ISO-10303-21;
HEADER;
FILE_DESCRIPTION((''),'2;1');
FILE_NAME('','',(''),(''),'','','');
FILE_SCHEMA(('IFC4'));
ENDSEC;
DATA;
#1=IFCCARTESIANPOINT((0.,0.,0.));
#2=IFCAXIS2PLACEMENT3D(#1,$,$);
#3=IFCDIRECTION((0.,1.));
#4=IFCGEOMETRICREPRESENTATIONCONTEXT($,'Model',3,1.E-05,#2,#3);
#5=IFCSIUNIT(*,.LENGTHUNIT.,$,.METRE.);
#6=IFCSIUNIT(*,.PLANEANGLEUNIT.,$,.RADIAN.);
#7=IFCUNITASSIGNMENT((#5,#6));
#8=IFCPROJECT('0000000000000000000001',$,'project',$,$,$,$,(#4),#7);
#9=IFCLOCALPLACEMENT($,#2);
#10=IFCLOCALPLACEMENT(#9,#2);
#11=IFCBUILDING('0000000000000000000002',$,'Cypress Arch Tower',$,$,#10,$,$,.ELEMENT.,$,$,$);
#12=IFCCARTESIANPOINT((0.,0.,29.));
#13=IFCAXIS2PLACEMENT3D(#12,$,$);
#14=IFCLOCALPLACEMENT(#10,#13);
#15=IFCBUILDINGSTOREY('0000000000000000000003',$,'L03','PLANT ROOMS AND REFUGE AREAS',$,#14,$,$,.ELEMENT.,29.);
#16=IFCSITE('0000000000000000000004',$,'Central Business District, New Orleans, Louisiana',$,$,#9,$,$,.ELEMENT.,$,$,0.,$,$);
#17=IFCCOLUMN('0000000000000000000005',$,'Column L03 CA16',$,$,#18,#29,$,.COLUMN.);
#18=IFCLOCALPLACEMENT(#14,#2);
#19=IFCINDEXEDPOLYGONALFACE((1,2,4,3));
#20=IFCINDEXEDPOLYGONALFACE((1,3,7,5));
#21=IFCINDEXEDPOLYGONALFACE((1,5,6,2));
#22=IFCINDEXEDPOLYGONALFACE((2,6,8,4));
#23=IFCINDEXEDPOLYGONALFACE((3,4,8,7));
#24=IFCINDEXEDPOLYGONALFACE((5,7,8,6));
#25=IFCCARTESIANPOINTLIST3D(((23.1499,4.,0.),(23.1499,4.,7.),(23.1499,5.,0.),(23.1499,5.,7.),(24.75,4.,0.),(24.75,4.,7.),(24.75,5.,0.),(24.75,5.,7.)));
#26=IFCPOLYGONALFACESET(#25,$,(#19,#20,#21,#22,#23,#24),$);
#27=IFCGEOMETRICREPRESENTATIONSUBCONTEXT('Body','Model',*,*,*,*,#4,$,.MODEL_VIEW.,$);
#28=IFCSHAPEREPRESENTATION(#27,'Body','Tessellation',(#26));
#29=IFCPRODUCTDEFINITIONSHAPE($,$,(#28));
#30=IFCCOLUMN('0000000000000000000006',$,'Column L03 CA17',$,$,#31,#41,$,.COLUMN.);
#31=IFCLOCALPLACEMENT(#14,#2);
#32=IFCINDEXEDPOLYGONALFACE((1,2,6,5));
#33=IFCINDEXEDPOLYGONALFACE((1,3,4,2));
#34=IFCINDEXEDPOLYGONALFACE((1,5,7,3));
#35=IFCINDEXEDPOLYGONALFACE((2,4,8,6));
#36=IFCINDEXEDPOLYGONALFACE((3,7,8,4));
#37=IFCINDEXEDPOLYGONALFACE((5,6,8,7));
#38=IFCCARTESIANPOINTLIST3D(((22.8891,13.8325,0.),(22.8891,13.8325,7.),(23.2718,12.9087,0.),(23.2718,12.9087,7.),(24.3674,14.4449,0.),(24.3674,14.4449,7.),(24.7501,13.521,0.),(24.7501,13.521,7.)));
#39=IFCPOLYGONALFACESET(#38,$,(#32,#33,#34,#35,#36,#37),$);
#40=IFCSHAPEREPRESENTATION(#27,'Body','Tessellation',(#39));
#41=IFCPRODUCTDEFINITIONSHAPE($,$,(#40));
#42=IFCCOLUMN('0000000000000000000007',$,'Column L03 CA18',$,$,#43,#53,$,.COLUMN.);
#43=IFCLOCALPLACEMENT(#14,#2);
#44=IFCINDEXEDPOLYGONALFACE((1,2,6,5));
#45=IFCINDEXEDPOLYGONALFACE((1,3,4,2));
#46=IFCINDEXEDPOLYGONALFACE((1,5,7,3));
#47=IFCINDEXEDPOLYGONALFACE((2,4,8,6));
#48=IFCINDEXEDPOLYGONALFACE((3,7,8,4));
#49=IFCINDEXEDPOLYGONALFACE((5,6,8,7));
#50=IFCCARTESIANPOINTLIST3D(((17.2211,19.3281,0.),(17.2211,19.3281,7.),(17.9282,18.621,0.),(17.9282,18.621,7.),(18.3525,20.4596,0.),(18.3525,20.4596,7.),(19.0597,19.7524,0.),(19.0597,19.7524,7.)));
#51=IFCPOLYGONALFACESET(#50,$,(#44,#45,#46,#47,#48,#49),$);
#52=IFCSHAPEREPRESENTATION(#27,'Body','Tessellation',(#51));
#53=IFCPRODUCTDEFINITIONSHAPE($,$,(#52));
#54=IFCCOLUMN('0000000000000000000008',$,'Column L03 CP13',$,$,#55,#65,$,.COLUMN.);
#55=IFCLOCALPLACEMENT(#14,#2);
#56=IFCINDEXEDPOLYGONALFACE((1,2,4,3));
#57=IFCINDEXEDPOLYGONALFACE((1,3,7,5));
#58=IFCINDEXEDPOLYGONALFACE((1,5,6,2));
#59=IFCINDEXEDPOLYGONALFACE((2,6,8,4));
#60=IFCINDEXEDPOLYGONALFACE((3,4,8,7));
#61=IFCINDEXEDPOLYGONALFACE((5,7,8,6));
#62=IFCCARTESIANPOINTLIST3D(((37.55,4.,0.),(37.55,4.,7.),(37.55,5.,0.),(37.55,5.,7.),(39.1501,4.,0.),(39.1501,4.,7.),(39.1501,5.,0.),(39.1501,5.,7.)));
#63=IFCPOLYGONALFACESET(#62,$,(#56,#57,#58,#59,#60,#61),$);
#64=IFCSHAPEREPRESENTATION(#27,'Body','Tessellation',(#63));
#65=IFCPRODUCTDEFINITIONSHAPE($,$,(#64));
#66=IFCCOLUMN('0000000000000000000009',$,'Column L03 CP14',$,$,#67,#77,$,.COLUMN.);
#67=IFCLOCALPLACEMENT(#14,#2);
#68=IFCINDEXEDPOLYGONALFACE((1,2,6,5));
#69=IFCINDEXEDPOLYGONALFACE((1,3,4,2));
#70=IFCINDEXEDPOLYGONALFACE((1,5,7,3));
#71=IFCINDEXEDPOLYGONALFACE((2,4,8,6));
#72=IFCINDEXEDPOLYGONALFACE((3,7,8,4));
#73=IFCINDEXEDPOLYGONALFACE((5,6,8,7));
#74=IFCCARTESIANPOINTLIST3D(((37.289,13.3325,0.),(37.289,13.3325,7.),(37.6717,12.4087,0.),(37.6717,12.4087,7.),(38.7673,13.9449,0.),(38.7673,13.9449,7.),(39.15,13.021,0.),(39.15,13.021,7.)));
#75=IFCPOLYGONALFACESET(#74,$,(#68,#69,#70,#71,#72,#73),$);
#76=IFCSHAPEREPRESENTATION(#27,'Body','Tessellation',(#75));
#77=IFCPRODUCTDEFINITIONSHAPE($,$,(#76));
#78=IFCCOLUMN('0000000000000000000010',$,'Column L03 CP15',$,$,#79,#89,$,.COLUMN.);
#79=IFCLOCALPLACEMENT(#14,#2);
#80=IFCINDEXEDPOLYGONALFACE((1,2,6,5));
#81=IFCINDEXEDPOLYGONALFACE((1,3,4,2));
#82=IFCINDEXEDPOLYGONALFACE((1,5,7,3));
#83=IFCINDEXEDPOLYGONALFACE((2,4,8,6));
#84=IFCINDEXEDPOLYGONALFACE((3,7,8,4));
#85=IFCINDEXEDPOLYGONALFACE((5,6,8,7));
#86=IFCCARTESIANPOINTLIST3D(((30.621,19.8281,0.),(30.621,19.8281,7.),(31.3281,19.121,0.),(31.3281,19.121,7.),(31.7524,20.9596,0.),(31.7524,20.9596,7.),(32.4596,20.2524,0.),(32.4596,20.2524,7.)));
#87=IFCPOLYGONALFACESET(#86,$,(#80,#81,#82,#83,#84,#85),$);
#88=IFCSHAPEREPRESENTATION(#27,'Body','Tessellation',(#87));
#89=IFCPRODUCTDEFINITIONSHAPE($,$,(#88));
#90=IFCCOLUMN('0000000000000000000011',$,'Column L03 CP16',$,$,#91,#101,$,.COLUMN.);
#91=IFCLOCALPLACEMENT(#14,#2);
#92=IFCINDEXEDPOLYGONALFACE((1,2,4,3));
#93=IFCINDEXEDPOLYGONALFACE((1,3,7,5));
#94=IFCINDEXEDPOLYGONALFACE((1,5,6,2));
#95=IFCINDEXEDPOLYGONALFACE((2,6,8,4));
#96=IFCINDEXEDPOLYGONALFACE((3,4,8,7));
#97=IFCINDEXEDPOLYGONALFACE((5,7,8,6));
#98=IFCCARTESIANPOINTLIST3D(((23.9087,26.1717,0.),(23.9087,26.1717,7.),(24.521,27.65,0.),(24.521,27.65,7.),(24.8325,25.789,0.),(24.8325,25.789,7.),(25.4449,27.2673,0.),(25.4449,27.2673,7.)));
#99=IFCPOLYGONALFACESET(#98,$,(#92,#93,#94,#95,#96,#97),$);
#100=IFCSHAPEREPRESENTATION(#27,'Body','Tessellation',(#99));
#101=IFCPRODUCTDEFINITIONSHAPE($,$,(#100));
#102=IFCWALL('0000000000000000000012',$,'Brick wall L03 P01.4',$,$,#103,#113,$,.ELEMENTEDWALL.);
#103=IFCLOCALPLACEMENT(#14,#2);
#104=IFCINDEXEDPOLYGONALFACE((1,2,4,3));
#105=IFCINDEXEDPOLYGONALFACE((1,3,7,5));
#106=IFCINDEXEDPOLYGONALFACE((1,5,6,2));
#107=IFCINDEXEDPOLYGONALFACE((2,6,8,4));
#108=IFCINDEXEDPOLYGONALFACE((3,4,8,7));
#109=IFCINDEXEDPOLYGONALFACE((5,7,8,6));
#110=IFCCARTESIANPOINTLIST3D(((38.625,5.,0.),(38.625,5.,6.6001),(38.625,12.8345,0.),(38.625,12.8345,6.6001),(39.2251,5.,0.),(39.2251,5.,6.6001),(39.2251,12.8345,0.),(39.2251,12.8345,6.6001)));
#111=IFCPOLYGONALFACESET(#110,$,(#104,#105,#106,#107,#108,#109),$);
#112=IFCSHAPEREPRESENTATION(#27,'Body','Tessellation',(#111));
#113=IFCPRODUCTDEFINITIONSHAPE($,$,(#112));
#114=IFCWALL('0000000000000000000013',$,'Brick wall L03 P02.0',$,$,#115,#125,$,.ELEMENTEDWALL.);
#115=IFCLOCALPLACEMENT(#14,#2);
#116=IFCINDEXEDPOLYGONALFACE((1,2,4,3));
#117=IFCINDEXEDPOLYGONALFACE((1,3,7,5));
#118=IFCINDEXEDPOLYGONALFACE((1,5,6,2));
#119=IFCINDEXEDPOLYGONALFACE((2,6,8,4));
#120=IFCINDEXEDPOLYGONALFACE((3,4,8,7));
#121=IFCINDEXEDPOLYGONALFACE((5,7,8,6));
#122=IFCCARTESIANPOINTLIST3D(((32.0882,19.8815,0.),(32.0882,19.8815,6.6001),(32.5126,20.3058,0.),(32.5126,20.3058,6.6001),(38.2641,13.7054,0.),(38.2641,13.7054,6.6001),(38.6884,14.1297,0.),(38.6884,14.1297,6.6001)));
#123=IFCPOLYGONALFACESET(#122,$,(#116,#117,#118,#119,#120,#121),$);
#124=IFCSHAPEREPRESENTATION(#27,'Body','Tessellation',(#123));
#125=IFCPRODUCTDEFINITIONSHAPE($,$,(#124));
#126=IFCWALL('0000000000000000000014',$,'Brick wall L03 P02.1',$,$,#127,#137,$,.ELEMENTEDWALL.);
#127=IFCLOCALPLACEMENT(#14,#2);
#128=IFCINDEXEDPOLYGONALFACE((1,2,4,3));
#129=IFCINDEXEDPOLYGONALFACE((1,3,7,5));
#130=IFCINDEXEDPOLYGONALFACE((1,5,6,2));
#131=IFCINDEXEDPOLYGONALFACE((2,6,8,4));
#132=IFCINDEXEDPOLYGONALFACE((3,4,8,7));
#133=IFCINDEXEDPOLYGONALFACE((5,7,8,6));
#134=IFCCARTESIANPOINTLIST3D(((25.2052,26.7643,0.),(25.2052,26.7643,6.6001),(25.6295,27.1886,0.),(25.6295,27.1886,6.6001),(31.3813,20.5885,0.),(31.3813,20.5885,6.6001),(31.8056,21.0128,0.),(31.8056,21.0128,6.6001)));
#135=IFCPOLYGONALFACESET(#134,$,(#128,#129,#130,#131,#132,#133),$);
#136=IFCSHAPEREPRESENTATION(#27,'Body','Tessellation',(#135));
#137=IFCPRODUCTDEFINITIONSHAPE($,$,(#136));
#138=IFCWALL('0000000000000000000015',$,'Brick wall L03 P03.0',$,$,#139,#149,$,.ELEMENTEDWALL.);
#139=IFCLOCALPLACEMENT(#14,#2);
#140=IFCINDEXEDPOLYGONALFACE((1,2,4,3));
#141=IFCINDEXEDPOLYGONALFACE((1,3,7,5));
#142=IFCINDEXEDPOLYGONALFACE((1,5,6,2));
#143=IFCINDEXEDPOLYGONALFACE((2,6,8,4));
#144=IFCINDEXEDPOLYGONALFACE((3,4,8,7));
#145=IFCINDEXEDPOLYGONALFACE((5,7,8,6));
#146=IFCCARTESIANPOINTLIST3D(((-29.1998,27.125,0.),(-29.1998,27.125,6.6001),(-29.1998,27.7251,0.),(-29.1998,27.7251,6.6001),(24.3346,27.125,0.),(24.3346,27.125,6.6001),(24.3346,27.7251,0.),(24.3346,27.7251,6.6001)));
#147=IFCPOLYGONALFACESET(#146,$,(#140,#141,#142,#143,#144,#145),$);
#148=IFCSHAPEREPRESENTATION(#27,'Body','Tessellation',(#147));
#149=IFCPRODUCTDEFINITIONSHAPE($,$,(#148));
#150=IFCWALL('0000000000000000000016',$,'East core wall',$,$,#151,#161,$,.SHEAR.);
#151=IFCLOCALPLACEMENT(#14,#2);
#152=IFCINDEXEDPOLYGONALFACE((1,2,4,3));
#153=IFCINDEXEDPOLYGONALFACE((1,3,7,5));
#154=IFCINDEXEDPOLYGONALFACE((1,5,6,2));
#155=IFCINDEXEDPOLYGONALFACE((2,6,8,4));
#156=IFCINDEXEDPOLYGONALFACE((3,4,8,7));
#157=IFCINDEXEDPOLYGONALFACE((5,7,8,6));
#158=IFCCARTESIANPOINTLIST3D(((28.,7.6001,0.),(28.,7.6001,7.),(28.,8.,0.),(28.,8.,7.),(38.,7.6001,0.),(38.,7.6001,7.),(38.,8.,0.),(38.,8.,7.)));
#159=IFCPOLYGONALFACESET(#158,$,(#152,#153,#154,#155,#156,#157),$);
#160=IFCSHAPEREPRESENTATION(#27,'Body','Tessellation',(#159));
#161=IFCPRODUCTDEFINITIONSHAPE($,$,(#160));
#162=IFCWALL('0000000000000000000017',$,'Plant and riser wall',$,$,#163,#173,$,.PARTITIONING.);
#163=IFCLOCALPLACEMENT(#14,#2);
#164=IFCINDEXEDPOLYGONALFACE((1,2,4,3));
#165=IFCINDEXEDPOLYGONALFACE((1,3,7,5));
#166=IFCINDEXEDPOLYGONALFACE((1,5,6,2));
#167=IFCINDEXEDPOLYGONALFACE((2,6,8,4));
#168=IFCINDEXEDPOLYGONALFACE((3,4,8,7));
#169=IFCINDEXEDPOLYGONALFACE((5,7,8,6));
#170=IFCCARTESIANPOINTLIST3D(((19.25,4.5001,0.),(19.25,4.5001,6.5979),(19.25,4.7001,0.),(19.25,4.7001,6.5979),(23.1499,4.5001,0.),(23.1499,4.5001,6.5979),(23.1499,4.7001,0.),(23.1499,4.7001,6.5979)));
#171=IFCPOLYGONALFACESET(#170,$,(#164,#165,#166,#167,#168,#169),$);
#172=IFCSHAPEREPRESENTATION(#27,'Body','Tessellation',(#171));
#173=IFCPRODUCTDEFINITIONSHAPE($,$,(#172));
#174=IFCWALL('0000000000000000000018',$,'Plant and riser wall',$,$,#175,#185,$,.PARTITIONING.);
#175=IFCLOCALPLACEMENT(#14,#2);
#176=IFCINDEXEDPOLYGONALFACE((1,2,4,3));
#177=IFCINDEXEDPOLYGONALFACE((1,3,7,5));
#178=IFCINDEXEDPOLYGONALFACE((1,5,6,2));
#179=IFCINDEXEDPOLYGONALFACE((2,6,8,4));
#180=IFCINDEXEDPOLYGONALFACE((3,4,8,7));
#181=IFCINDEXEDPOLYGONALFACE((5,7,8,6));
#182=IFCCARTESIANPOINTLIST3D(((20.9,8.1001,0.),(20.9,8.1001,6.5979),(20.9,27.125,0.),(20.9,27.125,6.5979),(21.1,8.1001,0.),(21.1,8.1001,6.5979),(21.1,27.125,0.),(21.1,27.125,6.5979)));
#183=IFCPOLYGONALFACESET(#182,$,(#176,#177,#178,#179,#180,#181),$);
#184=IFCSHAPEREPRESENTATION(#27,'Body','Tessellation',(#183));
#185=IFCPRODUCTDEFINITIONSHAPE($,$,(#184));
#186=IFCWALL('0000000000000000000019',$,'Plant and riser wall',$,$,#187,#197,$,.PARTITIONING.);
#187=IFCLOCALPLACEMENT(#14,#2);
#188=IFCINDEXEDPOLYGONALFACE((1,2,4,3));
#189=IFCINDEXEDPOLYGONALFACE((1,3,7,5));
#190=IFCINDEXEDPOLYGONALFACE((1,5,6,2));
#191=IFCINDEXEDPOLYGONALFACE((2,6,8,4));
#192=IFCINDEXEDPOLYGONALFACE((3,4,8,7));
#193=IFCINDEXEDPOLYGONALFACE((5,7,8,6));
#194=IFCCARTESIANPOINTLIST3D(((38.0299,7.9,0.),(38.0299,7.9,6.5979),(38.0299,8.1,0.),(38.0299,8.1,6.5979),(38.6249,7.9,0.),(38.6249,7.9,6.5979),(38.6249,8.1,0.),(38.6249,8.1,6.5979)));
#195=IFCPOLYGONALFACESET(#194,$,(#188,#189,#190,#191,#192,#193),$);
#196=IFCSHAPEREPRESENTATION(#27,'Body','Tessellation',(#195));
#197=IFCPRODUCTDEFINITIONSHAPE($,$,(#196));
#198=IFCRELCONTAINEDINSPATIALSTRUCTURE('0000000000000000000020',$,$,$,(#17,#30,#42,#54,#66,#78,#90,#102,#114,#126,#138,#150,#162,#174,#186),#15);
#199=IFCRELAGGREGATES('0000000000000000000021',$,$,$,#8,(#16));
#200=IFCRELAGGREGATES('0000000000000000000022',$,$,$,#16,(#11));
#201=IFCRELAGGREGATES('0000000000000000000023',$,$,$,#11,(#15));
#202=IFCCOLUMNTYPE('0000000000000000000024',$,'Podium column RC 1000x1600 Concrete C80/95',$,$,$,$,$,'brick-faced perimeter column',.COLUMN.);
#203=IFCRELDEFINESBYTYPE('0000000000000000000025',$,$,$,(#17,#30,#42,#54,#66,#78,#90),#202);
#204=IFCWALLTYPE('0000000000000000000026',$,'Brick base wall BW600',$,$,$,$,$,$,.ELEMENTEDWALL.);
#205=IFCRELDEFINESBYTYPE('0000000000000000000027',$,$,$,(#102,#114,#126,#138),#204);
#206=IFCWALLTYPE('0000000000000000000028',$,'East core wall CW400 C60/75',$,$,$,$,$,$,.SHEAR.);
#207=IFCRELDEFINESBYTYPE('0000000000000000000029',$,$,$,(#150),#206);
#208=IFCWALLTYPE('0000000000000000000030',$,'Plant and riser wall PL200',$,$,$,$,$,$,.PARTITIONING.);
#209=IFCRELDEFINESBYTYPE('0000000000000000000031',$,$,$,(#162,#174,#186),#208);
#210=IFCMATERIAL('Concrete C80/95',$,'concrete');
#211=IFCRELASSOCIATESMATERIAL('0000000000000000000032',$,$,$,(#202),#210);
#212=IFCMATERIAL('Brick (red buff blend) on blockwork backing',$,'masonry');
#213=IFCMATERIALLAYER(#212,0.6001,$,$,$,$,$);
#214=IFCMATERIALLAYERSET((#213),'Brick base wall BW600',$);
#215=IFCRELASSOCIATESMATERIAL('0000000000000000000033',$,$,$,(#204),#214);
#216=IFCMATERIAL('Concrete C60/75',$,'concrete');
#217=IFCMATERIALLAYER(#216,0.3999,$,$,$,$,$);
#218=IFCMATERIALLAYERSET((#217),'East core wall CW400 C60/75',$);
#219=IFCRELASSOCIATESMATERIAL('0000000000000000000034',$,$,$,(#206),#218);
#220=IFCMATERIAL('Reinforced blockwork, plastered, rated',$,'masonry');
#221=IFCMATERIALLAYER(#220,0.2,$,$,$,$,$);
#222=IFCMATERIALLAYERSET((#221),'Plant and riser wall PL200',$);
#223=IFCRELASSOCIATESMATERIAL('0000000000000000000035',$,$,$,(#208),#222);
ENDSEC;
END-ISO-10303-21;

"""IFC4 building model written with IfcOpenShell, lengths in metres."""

from ifc_helpers import new_model, si_unit, direction, frame, frame_2d, origin, origin_2d, place, context, subcontext, project, spatial, rectangle, extrude, material, layer, layer_set, material_profile, profile_set, type_object, element, save


model = new_model("IFC4")

# Units and contexts
model_context = context("Model", 3, precision=1e-05, world=origin(), true_north=direction((0.0, 1.0)))
body_context = subcontext(model_context, "Body", "Model", "MODEL_VIEW")
ifc_project = project(units=[si_unit("LENGTHUNIT", "METRE"), si_unit("PLANEANGLEUNIT", "RADIAN")], contexts=[model_context])

# Site, building, storey
site_placement = place(None, origin())
site = spatial("IfcSite", under=ifc_project, at=site_placement, Name="Central Business District, New Orleans, Louisiana", CompositionType="ELEMENT", RefElevation=0.0)
building_placement = place(site_placement, origin())
building = spatial("IfcBuilding", under=site, at=building_placement, Name="Cypress Arch Tower", CompositionType="ELEMENT")
storey_placement = place(building_placement, frame((0.0, 0.0, 29.0)))
storey = spatial("IfcBuildingStorey", under=building, at=storey_placement, Name="L03", Description="PLANT ROOMS AND REFUGE AREAS", CompositionType="ELEMENT", Elevation=29.0)

# Columns
ifc_material_1 = material(Name="Concrete C80/95", Category="concrete")
ifc_material_profile = material_profile(ifc_material_1, rectangle(XDim=1.0, YDim=1.6001, at=origin_2d()), Name="RC 1000x1600")
ifc_profile_set = profile_set([ifc_material_profile], Name="Concrete C80/95")
column_type = type_object("IfcColumnType", Name="Podium column RC 1000x1600 Concrete C80/95", ElementType="brick-faced perimeter column", PredefinedType="COLUMN", material=ifc_profile_set)
for number, where, z_axis, x_axis, name in (
    (1, (23.95, 4.5, 0.0), (0.0, 0.0, 1.0), (0.0, 1.0, 0.0), "Column L03 CA16"),
    (2, (23.8196, 13.6768, 0.0), (0.0, 0.0, 1.0), (-0.382683, 0.92388, 0.0), "Column L03 CA17"),
    (3, (18.1404, 19.5403, 0.0), (0.0, 0.0, 1.0), (-0.707107, 0.707107, 0.0), "Column L03 CA18"),
    (4, (38.3501, 4.5, 0.0), (0.0, 0.0, 1.0), (0.0, 1.0, 0.0), "Column L03 CP13"),
    (5, (38.2195, 13.1768, 0.0), (0.0, 0.0, 1.0), (-0.382683, 0.92388, 0.0), "Column L03 CP14"),
    (6, (31.5403, 20.0403, 0.0), (0.0, 0.0, 1.0), (-0.707107, 0.707107, 0.0), "Column L03 CP15"),
    (7, (24.6768, 26.7195, 0.0), (0.0, 0.0, 1.0), (-0.92388, 0.382683, 0.0), "Column L03 CP16"),
):
    element("IfcColumn", number, at=place(storey_placement, frame(where, z_axis=z_axis, x_axis=x_axis)), inside=storey, type_object=column_type, Name=name, PredefinedType="COLUMN", context=body_context, shape_type="SweptSolid", body=[
        extrude(rectangle(XDim=1.0, YDim=1.6001, at=origin_2d()), origin(), (0.0, 0.0, 1.0), 7.0),
    ])

# Walls
ifc_material_2 = material(Name="Brick (red buff blend) on blockwork backing", Category="masonry")
ifc_layer_1 = layer(ifc_material_2, 0.6001)
ifc_layer_set_1 = layer_set([ifc_layer_1], Name="Brick base wall BW600")
wall_type_1 = type_object("IfcWallType", Name="Brick base wall BW600", PredefinedType="ELEMENTEDWALL", material=ifc_layer_set_1)
wall_1_placement = place(storey_placement, frame((38.925, 5.0, 0.0), z_axis=(0.0, 0.0, 1.0), x_axis=(0.0, 1.0, 0.0)))
element("IfcWall", 8, at=wall_1_placement, inside=storey, type_object=wall_type_1, Name="Brick wall L03 P01.4", PredefinedType="ELEMENTEDWALL", context=body_context, shape_type="SweptSolid", body=[
    extrude(rectangle(XDim=7.8345, YDim=0.6001, at=frame_2d((3.9172, 0.0))), origin(), (0.0, 0.0, 1.0), 6.6001),
])
for number, where, z_axis, x_axis, name in (
    (9, (38.4763, 13.9175, 0.0), (0.0, 0.0, 1.0), (-0.707093, 0.707121, 0.0), "Brick wall L03 P02.0"),
    (10, (31.5935, 20.8005, 0.0), (0.0, 0.0, 1.0), (-0.707121, 0.707093, 0.0), "Brick wall L03 P02.1"),
):
    element("IfcWall", number, at=place(storey_placement, frame(where, z_axis=z_axis, x_axis=x_axis)), inside=storey, type_object=wall_type_1, Name=name, PredefinedType="ELEMENTEDWALL", context=body_context, shape_type="SweptSolid", body=[
        extrude(rectangle(XDim=8.7341, YDim=0.6001, at=frame_2d((4.3672, 0.0))), origin(), (0.0, 0.0, 1.0), 6.6001),
    ])
wall_2_placement = place(storey_placement, frame((24.3345, 27.425, 0.0), z_axis=(0.0, 0.0, 1.0), x_axis=(-1.0, 0.0, 0.0)))
element("IfcWall", 11, at=wall_2_placement, inside=storey, type_object=wall_type_1, Name="Brick wall L03 P03.0", PredefinedType="ELEMENTEDWALL", context=body_context, shape_type="SweptSolid", body=[
    extrude(rectangle(XDim=53.5344, YDim=0.6001, at=frame_2d((26.7671, 0.0))), origin(), (0.0, 0.0, 1.0), 6.6001),
])
ifc_material_3 = material(Name="Concrete C60/75", Category="concrete")
ifc_layer_2 = layer(ifc_material_3, 0.3999)
ifc_layer_set_2 = layer_set([ifc_layer_2], Name="East core wall CW400 C60/75")
wall_type_2 = type_object("IfcWallType", Name="East core wall CW400 C60/75", PredefinedType="SHEAR", material=ifc_layer_set_2)
wall_3_placement = place(storey_placement, frame((28.0, 7.8, 0.0), z_axis=(0.0, 0.0, 1.0), x_axis=(1.0, 0.0, 0.0)))
element("IfcWall", 12, at=wall_3_placement, inside=storey, type_object=wall_type_2, Name="East core wall", PredefinedType="SHEAR", context=body_context, shape_type="SweptSolid", body=[
    extrude(rectangle(XDim=10.0, YDim=0.3999, at=frame_2d((5.0, 0.0))), origin(), (0.0, 0.0, 1.0), 7.0),
])
ifc_material_4 = material(Name="Reinforced blockwork, plastered, rated", Category="masonry")
ifc_layer_3 = layer(ifc_material_4, 0.2)
ifc_layer_set_3 = layer_set([ifc_layer_3], Name="Plant and riser wall PL200")
wall_type_3 = type_object("IfcWallType", Name="Plant and riser wall PL200", PredefinedType="PARTITIONING", material=ifc_layer_set_3)
wall_4_placement = place(storey_placement, frame((19.25, 4.6001, 0.0), z_axis=(0.0, 0.0, 1.0), x_axis=(1.0, 0.0, 0.0)))
element("IfcWall", 13, at=wall_4_placement, inside=storey, type_object=wall_type_3, Name="Plant and riser wall", PredefinedType="PARTITIONING", context=body_context, shape_type="SweptSolid", body=[
    extrude(rectangle(XDim=3.8999, YDim=0.2, at=frame_2d((1.95, 0.0))), origin(), (0.0, 0.0, 1.0), 6.5979),
])
wall_5_placement = place(storey_placement, frame((21.0, 8.1001, 0.0), z_axis=(0.0, 0.0, 1.0), x_axis=(0.0, 1.0, 0.0)))
element("IfcWall", 14, at=wall_5_placement, inside=storey, type_object=wall_type_3, Name="Plant and riser wall", PredefinedType="PARTITIONING", context=body_context, shape_type="SweptSolid", body=[
    extrude(rectangle(XDim=19.0249, YDim=0.2, at=frame_2d((9.5125, 0.0))), origin(), (0.0, 0.0, 1.0), 6.5979),
])
wall_6_placement = place(storey_placement, frame((38.03, 8.0, 0.0), z_axis=(0.0, 0.0, 1.0), x_axis=(1.0, 0.0, 0.0)))
element("IfcWall", 15, at=wall_6_placement, inside=storey, type_object=wall_type_3, Name="Plant and riser wall", PredefinedType="PARTITIONING", context=body_context, shape_type="SweptSolid", body=[
    extrude(rectangle(XDim=0.595, YDim=0.2, at=frame_2d((0.2974, 0.0))), origin(), (0.0, 0.0, 1.0), 6.5979),
])

save(model, "model.ifc")
